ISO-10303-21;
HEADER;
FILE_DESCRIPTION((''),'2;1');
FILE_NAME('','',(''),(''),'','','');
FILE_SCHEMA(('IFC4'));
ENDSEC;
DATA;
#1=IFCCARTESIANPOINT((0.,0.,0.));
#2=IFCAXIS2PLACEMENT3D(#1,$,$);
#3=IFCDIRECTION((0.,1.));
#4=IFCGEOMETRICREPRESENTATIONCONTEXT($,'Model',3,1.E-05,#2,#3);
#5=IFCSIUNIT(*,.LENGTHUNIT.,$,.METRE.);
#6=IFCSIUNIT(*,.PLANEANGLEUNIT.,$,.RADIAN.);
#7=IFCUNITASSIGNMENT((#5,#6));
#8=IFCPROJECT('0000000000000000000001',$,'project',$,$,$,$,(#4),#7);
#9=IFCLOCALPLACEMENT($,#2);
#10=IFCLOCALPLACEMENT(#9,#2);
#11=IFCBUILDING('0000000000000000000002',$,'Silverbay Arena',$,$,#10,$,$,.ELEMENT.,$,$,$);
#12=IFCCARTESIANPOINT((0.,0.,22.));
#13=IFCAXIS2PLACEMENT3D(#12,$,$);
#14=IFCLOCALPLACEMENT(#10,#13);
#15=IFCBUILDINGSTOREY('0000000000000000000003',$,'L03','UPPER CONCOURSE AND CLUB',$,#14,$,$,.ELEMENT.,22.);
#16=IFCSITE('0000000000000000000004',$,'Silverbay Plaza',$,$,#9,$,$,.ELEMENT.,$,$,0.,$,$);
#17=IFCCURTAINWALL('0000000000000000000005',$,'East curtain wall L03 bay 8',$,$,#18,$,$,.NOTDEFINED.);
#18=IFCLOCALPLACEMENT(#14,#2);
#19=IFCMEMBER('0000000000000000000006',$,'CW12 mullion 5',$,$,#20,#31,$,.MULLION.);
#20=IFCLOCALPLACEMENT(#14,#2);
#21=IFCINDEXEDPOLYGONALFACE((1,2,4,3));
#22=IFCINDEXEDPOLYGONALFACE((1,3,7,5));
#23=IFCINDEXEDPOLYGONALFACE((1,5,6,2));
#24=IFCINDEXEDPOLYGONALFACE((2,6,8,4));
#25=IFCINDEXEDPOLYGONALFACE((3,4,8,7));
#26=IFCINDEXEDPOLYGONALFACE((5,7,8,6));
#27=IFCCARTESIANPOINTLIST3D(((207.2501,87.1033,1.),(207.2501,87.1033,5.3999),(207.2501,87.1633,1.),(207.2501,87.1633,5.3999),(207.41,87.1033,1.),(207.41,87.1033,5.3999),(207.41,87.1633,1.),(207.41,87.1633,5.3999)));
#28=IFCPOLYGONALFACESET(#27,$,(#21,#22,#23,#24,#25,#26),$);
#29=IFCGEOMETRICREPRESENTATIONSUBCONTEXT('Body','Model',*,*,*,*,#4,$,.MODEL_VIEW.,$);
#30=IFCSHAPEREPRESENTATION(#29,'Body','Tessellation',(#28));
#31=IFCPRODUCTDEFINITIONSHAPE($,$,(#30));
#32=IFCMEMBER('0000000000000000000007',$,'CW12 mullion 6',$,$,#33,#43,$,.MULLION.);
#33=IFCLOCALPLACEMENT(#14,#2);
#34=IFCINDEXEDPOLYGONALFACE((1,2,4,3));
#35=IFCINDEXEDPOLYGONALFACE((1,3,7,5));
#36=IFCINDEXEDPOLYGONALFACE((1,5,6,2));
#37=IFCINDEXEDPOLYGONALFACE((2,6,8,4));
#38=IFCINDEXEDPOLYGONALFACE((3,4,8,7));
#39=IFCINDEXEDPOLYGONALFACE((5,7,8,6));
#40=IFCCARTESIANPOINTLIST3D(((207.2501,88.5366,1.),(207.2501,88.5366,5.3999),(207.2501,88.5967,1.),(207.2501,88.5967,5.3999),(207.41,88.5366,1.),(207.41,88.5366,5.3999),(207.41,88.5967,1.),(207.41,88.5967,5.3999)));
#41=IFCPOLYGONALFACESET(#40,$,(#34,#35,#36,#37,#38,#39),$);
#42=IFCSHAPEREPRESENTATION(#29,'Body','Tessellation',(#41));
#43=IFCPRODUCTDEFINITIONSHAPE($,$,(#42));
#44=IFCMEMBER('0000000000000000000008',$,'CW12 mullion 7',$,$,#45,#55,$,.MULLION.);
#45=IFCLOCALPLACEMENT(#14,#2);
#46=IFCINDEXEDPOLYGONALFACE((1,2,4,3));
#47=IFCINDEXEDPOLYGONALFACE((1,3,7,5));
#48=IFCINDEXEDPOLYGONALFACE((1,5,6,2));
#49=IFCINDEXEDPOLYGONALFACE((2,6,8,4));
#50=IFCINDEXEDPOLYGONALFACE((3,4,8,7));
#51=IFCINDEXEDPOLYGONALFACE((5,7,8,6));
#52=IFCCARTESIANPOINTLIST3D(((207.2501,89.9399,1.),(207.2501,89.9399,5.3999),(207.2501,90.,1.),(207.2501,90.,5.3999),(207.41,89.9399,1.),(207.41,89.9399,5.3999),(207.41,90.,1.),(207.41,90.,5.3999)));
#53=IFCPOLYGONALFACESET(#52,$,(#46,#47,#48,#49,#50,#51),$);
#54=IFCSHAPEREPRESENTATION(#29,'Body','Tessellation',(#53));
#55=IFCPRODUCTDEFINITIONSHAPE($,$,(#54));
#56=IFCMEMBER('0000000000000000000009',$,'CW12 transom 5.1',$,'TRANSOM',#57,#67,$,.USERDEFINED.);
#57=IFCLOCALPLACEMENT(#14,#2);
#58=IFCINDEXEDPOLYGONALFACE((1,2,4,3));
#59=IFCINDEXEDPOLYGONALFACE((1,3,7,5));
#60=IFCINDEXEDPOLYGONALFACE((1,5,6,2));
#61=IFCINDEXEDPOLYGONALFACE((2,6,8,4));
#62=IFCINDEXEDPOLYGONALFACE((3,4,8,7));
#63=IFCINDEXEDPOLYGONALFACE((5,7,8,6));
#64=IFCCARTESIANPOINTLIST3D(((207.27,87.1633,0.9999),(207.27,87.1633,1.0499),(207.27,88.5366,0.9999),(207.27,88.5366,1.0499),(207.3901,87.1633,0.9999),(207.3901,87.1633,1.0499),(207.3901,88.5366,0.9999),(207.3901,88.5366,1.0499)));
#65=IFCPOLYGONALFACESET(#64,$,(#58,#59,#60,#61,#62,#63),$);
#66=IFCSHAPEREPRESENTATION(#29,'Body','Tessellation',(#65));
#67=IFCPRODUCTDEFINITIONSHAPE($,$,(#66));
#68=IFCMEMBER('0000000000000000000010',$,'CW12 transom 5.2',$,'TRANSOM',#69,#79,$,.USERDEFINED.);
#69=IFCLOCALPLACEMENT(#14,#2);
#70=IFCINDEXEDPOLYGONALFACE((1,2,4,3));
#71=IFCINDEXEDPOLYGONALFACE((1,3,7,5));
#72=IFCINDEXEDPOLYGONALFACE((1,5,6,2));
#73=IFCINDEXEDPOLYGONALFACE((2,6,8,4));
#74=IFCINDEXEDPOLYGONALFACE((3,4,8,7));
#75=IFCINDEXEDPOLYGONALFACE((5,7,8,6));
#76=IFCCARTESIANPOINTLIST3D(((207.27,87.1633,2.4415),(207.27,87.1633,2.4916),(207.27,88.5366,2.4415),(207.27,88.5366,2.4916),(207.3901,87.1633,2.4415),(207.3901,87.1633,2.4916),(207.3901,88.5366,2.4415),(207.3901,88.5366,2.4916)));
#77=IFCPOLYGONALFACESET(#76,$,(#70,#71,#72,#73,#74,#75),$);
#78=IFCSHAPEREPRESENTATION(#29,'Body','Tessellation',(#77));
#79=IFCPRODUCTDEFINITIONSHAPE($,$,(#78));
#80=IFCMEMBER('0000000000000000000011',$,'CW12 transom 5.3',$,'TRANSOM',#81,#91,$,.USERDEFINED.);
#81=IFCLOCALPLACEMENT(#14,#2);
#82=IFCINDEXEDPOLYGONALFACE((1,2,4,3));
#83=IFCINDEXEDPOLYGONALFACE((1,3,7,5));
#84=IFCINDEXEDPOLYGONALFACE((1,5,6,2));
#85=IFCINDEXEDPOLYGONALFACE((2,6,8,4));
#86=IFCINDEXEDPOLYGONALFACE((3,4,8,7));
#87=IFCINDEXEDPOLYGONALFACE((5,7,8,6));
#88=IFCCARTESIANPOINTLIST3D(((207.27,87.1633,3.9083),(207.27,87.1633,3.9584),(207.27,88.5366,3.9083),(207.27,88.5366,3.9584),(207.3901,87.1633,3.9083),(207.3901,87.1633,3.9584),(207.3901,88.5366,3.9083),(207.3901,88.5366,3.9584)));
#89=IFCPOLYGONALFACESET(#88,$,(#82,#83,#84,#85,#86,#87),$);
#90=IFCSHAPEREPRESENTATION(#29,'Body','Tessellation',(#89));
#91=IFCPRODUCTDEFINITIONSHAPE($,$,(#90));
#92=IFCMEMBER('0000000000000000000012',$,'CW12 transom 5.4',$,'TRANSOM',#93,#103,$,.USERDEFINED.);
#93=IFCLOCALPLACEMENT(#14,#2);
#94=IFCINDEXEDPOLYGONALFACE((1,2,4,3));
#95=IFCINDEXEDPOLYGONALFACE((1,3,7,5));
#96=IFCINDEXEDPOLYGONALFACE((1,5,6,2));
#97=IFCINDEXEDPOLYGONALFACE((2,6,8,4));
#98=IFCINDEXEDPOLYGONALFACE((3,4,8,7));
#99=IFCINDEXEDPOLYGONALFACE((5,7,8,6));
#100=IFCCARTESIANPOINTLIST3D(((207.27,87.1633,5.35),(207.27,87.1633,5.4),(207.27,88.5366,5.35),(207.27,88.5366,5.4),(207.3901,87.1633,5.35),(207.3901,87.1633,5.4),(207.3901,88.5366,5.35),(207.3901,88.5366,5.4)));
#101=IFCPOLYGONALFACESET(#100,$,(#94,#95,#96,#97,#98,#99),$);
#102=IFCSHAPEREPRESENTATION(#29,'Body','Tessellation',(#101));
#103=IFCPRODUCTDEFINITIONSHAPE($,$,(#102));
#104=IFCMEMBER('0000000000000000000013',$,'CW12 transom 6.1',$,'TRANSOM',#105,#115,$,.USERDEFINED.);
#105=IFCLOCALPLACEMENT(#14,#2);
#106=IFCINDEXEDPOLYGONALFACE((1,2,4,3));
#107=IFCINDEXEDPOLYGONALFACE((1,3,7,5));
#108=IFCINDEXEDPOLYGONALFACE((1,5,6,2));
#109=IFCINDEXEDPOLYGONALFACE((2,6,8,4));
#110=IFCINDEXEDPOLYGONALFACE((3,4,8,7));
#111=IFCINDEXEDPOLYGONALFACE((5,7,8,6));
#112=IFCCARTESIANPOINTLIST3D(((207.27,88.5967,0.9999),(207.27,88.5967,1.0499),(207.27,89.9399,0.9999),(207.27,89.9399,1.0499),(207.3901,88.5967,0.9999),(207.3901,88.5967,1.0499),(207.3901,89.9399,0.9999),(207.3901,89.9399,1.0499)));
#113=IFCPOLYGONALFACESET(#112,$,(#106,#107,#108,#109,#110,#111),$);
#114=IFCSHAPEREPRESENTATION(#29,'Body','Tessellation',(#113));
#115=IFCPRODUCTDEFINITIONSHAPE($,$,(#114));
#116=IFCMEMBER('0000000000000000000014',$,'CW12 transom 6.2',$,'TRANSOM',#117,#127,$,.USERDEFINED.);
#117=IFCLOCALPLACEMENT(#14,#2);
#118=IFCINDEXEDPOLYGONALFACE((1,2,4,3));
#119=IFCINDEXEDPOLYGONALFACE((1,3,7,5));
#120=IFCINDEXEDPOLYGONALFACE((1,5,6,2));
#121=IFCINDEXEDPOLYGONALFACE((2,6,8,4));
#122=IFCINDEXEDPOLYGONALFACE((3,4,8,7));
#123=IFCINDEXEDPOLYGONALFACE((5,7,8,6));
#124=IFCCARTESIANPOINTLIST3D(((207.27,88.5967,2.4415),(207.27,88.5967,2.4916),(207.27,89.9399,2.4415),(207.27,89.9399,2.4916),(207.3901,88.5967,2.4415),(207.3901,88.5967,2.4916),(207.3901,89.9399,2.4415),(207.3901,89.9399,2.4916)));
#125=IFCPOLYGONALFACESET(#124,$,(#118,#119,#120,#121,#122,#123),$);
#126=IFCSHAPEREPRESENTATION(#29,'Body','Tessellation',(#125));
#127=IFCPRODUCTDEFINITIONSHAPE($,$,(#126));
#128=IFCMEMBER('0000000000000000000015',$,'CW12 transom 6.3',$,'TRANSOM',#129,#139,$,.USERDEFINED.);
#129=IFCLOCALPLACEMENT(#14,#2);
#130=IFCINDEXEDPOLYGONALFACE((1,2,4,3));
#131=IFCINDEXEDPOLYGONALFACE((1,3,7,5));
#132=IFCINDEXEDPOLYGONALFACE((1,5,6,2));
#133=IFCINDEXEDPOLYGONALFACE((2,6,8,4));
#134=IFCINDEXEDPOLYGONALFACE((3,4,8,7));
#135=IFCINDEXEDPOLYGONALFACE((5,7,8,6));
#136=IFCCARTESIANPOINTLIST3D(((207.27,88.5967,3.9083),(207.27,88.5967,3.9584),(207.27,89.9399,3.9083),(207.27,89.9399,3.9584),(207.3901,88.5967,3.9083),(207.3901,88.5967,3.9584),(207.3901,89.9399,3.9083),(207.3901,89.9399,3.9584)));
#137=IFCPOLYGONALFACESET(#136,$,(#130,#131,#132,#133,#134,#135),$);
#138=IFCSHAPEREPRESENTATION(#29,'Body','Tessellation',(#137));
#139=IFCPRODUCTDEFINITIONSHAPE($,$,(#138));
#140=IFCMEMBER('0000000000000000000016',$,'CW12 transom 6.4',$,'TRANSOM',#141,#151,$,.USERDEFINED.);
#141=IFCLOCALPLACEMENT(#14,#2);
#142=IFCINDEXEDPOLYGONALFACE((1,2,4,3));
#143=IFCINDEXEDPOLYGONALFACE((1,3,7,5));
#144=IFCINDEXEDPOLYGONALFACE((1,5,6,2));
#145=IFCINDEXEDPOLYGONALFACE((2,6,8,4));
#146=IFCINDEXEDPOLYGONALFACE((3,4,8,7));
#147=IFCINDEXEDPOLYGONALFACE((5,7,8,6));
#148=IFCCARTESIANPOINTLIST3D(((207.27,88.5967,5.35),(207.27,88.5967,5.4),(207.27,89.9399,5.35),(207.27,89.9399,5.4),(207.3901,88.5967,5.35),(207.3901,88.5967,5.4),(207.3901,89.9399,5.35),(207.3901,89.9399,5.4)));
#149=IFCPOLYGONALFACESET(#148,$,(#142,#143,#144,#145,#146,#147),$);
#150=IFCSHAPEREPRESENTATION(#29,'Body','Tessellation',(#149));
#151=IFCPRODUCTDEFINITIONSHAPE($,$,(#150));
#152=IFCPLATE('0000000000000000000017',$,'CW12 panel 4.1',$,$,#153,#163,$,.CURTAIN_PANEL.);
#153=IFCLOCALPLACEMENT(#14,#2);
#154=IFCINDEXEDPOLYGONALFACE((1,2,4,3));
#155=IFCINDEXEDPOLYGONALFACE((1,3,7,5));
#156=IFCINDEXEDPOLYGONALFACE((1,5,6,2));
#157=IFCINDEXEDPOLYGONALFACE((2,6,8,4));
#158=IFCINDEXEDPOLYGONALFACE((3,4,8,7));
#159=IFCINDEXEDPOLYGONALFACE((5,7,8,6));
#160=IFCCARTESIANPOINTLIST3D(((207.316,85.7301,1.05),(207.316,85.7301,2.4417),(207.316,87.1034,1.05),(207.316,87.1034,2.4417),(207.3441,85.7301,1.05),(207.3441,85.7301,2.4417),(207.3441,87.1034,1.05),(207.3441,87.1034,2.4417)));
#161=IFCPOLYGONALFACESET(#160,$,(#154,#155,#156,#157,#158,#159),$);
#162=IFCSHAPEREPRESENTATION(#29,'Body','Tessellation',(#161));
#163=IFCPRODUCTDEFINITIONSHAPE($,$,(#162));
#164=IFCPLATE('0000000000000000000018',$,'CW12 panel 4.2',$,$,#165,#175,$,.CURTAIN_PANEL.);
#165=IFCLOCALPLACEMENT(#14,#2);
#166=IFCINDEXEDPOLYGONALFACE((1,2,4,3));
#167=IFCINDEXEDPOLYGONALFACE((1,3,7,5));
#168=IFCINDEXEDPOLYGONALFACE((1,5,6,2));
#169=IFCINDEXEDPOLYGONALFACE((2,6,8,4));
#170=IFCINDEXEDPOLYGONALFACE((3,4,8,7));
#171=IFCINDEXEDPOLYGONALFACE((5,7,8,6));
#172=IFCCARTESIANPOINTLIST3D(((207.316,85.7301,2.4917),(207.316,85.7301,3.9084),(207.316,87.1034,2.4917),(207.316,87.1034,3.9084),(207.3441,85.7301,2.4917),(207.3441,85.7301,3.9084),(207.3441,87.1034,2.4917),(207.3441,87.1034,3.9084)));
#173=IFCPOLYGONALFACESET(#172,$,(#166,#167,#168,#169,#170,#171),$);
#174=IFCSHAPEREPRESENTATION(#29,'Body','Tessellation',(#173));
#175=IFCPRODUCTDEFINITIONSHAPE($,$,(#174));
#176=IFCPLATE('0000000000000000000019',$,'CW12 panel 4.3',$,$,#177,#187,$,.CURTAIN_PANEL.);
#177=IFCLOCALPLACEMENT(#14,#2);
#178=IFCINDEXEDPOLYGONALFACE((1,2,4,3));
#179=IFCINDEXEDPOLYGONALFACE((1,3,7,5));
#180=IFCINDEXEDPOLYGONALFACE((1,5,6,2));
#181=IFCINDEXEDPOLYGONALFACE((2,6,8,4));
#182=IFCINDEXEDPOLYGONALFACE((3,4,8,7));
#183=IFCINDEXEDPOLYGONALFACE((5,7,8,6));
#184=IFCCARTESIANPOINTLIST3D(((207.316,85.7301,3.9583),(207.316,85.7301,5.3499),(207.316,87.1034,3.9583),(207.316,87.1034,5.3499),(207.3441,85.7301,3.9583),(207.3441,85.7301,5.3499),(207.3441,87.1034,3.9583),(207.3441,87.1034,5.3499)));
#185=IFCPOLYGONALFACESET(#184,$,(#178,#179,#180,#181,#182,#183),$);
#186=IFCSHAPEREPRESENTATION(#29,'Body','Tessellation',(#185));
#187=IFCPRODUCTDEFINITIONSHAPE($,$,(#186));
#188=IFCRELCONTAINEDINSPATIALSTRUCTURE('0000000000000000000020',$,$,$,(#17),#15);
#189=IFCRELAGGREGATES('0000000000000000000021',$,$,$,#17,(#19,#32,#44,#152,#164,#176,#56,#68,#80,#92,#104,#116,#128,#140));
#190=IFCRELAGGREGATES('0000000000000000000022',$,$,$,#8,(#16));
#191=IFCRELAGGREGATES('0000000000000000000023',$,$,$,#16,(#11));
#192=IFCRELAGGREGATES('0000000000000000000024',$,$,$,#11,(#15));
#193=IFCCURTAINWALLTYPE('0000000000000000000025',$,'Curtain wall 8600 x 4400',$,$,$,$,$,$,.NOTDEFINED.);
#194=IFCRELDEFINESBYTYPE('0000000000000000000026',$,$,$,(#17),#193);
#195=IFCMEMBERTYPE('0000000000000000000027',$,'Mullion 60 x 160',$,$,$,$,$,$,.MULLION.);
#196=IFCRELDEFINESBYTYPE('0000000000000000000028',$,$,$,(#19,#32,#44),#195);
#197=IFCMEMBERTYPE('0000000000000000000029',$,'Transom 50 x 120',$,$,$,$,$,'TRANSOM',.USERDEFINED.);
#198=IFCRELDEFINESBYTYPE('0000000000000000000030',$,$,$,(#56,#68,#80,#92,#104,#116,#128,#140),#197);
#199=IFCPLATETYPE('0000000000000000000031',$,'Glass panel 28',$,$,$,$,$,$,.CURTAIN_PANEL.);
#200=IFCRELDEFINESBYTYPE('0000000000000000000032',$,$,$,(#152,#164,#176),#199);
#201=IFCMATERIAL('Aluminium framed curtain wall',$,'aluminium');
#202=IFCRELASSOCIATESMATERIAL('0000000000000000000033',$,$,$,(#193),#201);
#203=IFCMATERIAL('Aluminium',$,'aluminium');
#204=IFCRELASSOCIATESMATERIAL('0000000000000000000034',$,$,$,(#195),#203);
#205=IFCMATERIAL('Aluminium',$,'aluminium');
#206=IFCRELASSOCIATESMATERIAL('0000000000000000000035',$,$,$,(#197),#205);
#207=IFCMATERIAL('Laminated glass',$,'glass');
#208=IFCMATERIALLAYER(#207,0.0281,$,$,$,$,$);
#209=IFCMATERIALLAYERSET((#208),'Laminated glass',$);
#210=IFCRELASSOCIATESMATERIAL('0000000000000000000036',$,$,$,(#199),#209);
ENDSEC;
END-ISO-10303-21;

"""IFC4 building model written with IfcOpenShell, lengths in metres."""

from ifc_helpers import new_model, si_unit, direction, frame, origin, origin_2d, place, context, subcontext, project, spatial, rectangle, extrude, material, layer, layer_set, material_profile, profile_set, type_object, element, aggregate, save


model = new_model("IFC4")

# Units and contexts
model_context = context("Model", 3, precision=1e-05, world=origin(), true_north=direction((0.0, 1.0)))
body_context = subcontext(model_context, "Body", "Model", "MODEL_VIEW")
ifc_project = project(units=[si_unit("LENGTHUNIT", "METRE"), si_unit("PLANEANGLEUNIT", "RADIAN")], contexts=[model_context])

# Site, building, storey
site_placement = place(None, origin())
site = spatial("IfcSite", under=ifc_project, at=site_placement, Name="Silverbay Plaza", CompositionType="ELEMENT", RefElevation=0.0)
building_placement = place(site_placement, origin())
building = spatial("IfcBuilding", under=site, at=building_placement, Name="Silverbay Arena", CompositionType="ELEMENT")
storey_placement = place(building_placement, frame((0.0, 0.0, 22.0)))
storey = spatial("IfcBuildingStorey", under=building, at=storey_placement, Name="L03", Description="UPPER CONCOURSE AND CLUB", CompositionType="ELEMENT", Elevation=22.0)

# Curtain wall, members, plates
ifc_material_1 = material(Name="Aluminium framed curtain wall", Category="aluminium")
curtain_wall_type = type_object("IfcCurtainWallType", Name="Curtain wall 8600 x 4400", PredefinedType="NOTDEFINED", material=ifc_material_1)
curtain_wall_placement = place(storey_placement, origin())
curtain_wall = element("IfcCurtainWall", 1, at=curtain_wall_placement, inside=storey, type_object=curtain_wall_type, Name="East curtain wall L03 bay 8", PredefinedType="NOTDEFINED")
ifc_material_2 = material(Name="Aluminium", Category="aluminium")
ifc_material_profile_1 = material_profile(ifc_material_2, rectangle(XDim=0.1599, YDim=0.0601, at=origin_2d()), Name="Mullion 60 x 160")
ifc_profile_set_1 = profile_set([ifc_material_profile_1], Name="Aluminium")
member_type_1 = type_object("IfcMemberType", Name="Mullion 60 x 160", PredefinedType="MULLION", material=ifc_profile_set_1)
member_1_placement = place(storey_placement, frame((207.3301, 87.1333, 1.0), z_axis=(0.0, 0.0, 1.0), x_axis=(-1.0, 0.0, 0.0)))
member_1 = element("IfcMember", 2, at=member_1_placement, type_object=member_type_1, Name="CW12 mullion 5", PredefinedType="MULLION", context=body_context, shape_type="SweptSolid", body=[
    extrude(rectangle(XDim=0.1599, YDim=0.0601, at=origin_2d()), origin(), (0.0, 0.0, 1.0), 4.3999),
])
member_2_placement = place(storey_placement, frame((207.3301, 88.5667, 1.0), z_axis=(0.0, 0.0, 1.0), x_axis=(-1.0, 0.0, 0.0)))
member_2 = element("IfcMember", 3, at=member_2_placement, type_object=member_type_1, Name="CW12 mullion 6", PredefinedType="MULLION", context=body_context, shape_type="SweptSolid", body=[
    extrude(rectangle(XDim=0.1599, YDim=0.0601, at=origin_2d()), origin(), (0.0, 0.0, 1.0), 4.3999),
])
member_3_placement = place(storey_placement, frame((207.3301, 89.97, 1.0), z_axis=(0.0, 0.0, 1.0), x_axis=(-1.0, 0.0, 0.0)))
member_3 = element("IfcMember", 4, at=member_3_placement, type_object=member_type_1, Name="CW12 mullion 7", PredefinedType="MULLION", context=body_context, shape_type="SweptSolid", body=[
    extrude(rectangle(XDim=0.1599, YDim=0.0601, at=origin_2d()), origin(), (0.0, 0.0, 1.0), 4.3999),
])
ifc_material_3 = material(Name="Aluminium", Category="aluminium")
ifc_material_profile_2 = material_profile(ifc_material_3, rectangle(XDim=0.1201, YDim=0.05, at=origin_2d()), Name="Transom 50 x 120")
ifc_profile_set_2 = profile_set([ifc_material_profile_2], Name="Aluminium")
member_type_2 = type_object("IfcMemberType", Name="Transom 50 x 120", ElementType="TRANSOM", PredefinedType="USERDEFINED", material=ifc_profile_set_2)
member_4_placement = place(storey_placement, frame((207.3301, 87.1633, 1.0249), z_axis=(0.0, 1.0, 0.0), x_axis=(-1.0, 0.0, 0.0)))
member_4 = element("IfcMember", 5, at=member_4_placement, type_object=member_type_2, Name="CW12 transom 5.1", ObjectType="TRANSOM", PredefinedType="USERDEFINED", context=body_context, shape_type="SweptSolid", body=[
    extrude(rectangle(XDim=0.1201, YDim=0.05, at=origin_2d()), origin(), (0.0, 0.0, 1.0), 1.3733),
])
member_5_placement = place(storey_placement, frame((207.3301, 87.1633, 2.4666), z_axis=(0.0, 1.0, 0.0), x_axis=(-1.0, 0.0, 0.0)))
member_5 = element("IfcMember", 6, at=member_5_placement, type_object=member_type_2, Name="CW12 transom 5.2", ObjectType="TRANSOM", PredefinedType="USERDEFINED", context=body_context, shape_type="SweptSolid", body=[
    extrude(rectangle(XDim=0.1201, YDim=0.05, at=origin_2d()), origin(), (0.0, 0.0, 1.0), 1.3733),
])
member_6_placement = place(storey_placement, frame((207.3301, 87.1633, 3.9333), z_axis=(0.0, 1.0, 0.0), x_axis=(-1.0, 0.0, 0.0)))
member_6 = element("IfcMember", 7, at=member_6_placement, type_object=member_type_2, Name="CW12 transom 5.3", ObjectType="TRANSOM", PredefinedType="USERDEFINED", context=body_context, shape_type="SweptSolid", body=[
    extrude(rectangle(XDim=0.1201, YDim=0.05, at=origin_2d()), origin(), (0.0, 0.0, 1.0), 1.3733),
])
member_7_placement = place(storey_placement, frame((207.3301, 87.1633, 5.375), z_axis=(0.0, 1.0, 0.0), x_axis=(-1.0, 0.0, 0.0)))
member_7 = element("IfcMember", 8, at=member_7_placement, type_object=member_type_2, Name="CW12 transom 5.4", ObjectType="TRANSOM", PredefinedType="USERDEFINED", context=body_context, shape_type="SweptSolid", body=[
    extrude(rectangle(XDim=0.1201, YDim=0.05, at=origin_2d()), origin(), (0.0, 0.0, 1.0), 1.3733),
])
member_8_placement = place(storey_placement, frame((207.3301, 88.5967, 1.0249), z_axis=(0.0, 1.0, 0.0), x_axis=(-1.0, 0.0, 0.0)))
member_8 = element("IfcMember", 9, at=member_8_placement, type_object=member_type_2, Name="CW12 transom 6.1", ObjectType="TRANSOM", PredefinedType="USERDEFINED", context=body_context, shape_type="SweptSolid", body=[
    extrude(rectangle(XDim=0.1201, YDim=0.05, at=origin_2d()), origin(), (0.0, 0.0, 1.0), 1.3433),
])
member_9_placement = place(storey_placement, frame((207.3301, 88.5967, 2.4666), z_axis=(0.0, 1.0, 0.0), x_axis=(-1.0, 0.0, 0.0)))
member_9 = element("IfcMember", 10, at=member_9_placement, type_object=member_type_2, Name="CW12 transom 6.2", ObjectType="TRANSOM", PredefinedType="USERDEFINED", context=body_context, shape_type="SweptSolid", body=[
    extrude(rectangle(XDim=0.1201, YDim=0.05, at=origin_2d()), origin(), (0.0, 0.0, 1.0), 1.3433),
])
member_10_placement = place(storey_placement, frame((207.3301, 88.5967, 3.9333), z_axis=(0.0, 1.0, 0.0), x_axis=(-1.0, 0.0, 0.0)))
member_10 = element("IfcMember", 11, at=member_10_placement, type_object=member_type_2, Name="CW12 transom 6.3", ObjectType="TRANSOM", PredefinedType="USERDEFINED", context=body_context, shape_type="SweptSolid", body=[
    extrude(rectangle(XDim=0.1201, YDim=0.05, at=origin_2d()), origin(), (0.0, 0.0, 1.0), 1.3433),
])
member_11_placement = place(storey_placement, frame((207.3301, 88.5967, 5.375), z_axis=(0.0, 1.0, 0.0), x_axis=(-1.0, 0.0, 0.0)))
member_11 = element("IfcMember", 12, at=member_11_placement, type_object=member_type_2, Name="CW12 transom 6.4", ObjectType="TRANSOM", PredefinedType="USERDEFINED", context=body_context, shape_type="SweptSolid", body=[
    extrude(rectangle(XDim=0.1201, YDim=0.05, at=origin_2d()), origin(), (0.0, 0.0, 1.0), 1.3433),
])
ifc_material_4 = material(Name="Laminated glass", Category="glass")
ifc_layer_1 = layer(ifc_material_4, 0.0281)
ifc_layer_set_1 = layer_set([ifc_layer_1], Name="Laminated glass")
plate_type = type_object("IfcPlateType", Name="Glass panel 28", PredefinedType="CURTAIN_PANEL", material=ifc_layer_set_1)
plate_1_placement = place(storey_placement, frame((207.3301, 86.4167, 1.05), z_axis=(0.0, 0.0, 1.0), x_axis=(0.0, 1.0, 0.0)))
plate_1 = element("IfcPlate", 13, at=plate_1_placement, type_object=plate_type, Name="CW12 panel 4.1", PredefinedType="CURTAIN_PANEL", context=body_context, shape_type="SweptSolid", body=[
    extrude(rectangle(XDim=1.3733, YDim=0.0281, at=origin_2d()), origin(), (0.0, 0.0, 1.0), 1.3916),
])
plate_2_placement = place(storey_placement, frame((207.3301, 86.4167, 2.4917), z_axis=(0.0, 0.0, 1.0), x_axis=(0.0, 1.0, 0.0)))
plate_2 = element("IfcPlate", 14, at=plate_2_placement, type_object=plate_type, Name="CW12 panel 4.2", PredefinedType="CURTAIN_PANEL", context=body_context, shape_type="SweptSolid", body=[
    extrude(rectangle(XDim=1.3733, YDim=0.0281, at=origin_2d()), origin(), (0.0, 0.0, 1.0), 1.4167),
])
plate_3_placement = place(storey_placement, frame((207.3301, 86.4167, 3.9583), z_axis=(0.0, 0.0, 1.0), x_axis=(0.0, 1.0, 0.0)))
plate_3 = element("IfcPlate", 15, at=plate_3_placement, type_object=plate_type, Name="CW12 panel 4.3", PredefinedType="CURTAIN_PANEL", context=body_context, shape_type="SweptSolid", body=[
    extrude(rectangle(XDim=1.3733, YDim=0.0281, at=origin_2d()), origin(), (0.0, 0.0, 1.0), 1.3916),
])
aggregate(curtain_wall, [member_1, member_2, member_3, plate_1, plate_2, plate_3, member_4, member_5, member_6, member_7, member_8, member_9, member_10, member_11])

save(model, "model.ifc")
